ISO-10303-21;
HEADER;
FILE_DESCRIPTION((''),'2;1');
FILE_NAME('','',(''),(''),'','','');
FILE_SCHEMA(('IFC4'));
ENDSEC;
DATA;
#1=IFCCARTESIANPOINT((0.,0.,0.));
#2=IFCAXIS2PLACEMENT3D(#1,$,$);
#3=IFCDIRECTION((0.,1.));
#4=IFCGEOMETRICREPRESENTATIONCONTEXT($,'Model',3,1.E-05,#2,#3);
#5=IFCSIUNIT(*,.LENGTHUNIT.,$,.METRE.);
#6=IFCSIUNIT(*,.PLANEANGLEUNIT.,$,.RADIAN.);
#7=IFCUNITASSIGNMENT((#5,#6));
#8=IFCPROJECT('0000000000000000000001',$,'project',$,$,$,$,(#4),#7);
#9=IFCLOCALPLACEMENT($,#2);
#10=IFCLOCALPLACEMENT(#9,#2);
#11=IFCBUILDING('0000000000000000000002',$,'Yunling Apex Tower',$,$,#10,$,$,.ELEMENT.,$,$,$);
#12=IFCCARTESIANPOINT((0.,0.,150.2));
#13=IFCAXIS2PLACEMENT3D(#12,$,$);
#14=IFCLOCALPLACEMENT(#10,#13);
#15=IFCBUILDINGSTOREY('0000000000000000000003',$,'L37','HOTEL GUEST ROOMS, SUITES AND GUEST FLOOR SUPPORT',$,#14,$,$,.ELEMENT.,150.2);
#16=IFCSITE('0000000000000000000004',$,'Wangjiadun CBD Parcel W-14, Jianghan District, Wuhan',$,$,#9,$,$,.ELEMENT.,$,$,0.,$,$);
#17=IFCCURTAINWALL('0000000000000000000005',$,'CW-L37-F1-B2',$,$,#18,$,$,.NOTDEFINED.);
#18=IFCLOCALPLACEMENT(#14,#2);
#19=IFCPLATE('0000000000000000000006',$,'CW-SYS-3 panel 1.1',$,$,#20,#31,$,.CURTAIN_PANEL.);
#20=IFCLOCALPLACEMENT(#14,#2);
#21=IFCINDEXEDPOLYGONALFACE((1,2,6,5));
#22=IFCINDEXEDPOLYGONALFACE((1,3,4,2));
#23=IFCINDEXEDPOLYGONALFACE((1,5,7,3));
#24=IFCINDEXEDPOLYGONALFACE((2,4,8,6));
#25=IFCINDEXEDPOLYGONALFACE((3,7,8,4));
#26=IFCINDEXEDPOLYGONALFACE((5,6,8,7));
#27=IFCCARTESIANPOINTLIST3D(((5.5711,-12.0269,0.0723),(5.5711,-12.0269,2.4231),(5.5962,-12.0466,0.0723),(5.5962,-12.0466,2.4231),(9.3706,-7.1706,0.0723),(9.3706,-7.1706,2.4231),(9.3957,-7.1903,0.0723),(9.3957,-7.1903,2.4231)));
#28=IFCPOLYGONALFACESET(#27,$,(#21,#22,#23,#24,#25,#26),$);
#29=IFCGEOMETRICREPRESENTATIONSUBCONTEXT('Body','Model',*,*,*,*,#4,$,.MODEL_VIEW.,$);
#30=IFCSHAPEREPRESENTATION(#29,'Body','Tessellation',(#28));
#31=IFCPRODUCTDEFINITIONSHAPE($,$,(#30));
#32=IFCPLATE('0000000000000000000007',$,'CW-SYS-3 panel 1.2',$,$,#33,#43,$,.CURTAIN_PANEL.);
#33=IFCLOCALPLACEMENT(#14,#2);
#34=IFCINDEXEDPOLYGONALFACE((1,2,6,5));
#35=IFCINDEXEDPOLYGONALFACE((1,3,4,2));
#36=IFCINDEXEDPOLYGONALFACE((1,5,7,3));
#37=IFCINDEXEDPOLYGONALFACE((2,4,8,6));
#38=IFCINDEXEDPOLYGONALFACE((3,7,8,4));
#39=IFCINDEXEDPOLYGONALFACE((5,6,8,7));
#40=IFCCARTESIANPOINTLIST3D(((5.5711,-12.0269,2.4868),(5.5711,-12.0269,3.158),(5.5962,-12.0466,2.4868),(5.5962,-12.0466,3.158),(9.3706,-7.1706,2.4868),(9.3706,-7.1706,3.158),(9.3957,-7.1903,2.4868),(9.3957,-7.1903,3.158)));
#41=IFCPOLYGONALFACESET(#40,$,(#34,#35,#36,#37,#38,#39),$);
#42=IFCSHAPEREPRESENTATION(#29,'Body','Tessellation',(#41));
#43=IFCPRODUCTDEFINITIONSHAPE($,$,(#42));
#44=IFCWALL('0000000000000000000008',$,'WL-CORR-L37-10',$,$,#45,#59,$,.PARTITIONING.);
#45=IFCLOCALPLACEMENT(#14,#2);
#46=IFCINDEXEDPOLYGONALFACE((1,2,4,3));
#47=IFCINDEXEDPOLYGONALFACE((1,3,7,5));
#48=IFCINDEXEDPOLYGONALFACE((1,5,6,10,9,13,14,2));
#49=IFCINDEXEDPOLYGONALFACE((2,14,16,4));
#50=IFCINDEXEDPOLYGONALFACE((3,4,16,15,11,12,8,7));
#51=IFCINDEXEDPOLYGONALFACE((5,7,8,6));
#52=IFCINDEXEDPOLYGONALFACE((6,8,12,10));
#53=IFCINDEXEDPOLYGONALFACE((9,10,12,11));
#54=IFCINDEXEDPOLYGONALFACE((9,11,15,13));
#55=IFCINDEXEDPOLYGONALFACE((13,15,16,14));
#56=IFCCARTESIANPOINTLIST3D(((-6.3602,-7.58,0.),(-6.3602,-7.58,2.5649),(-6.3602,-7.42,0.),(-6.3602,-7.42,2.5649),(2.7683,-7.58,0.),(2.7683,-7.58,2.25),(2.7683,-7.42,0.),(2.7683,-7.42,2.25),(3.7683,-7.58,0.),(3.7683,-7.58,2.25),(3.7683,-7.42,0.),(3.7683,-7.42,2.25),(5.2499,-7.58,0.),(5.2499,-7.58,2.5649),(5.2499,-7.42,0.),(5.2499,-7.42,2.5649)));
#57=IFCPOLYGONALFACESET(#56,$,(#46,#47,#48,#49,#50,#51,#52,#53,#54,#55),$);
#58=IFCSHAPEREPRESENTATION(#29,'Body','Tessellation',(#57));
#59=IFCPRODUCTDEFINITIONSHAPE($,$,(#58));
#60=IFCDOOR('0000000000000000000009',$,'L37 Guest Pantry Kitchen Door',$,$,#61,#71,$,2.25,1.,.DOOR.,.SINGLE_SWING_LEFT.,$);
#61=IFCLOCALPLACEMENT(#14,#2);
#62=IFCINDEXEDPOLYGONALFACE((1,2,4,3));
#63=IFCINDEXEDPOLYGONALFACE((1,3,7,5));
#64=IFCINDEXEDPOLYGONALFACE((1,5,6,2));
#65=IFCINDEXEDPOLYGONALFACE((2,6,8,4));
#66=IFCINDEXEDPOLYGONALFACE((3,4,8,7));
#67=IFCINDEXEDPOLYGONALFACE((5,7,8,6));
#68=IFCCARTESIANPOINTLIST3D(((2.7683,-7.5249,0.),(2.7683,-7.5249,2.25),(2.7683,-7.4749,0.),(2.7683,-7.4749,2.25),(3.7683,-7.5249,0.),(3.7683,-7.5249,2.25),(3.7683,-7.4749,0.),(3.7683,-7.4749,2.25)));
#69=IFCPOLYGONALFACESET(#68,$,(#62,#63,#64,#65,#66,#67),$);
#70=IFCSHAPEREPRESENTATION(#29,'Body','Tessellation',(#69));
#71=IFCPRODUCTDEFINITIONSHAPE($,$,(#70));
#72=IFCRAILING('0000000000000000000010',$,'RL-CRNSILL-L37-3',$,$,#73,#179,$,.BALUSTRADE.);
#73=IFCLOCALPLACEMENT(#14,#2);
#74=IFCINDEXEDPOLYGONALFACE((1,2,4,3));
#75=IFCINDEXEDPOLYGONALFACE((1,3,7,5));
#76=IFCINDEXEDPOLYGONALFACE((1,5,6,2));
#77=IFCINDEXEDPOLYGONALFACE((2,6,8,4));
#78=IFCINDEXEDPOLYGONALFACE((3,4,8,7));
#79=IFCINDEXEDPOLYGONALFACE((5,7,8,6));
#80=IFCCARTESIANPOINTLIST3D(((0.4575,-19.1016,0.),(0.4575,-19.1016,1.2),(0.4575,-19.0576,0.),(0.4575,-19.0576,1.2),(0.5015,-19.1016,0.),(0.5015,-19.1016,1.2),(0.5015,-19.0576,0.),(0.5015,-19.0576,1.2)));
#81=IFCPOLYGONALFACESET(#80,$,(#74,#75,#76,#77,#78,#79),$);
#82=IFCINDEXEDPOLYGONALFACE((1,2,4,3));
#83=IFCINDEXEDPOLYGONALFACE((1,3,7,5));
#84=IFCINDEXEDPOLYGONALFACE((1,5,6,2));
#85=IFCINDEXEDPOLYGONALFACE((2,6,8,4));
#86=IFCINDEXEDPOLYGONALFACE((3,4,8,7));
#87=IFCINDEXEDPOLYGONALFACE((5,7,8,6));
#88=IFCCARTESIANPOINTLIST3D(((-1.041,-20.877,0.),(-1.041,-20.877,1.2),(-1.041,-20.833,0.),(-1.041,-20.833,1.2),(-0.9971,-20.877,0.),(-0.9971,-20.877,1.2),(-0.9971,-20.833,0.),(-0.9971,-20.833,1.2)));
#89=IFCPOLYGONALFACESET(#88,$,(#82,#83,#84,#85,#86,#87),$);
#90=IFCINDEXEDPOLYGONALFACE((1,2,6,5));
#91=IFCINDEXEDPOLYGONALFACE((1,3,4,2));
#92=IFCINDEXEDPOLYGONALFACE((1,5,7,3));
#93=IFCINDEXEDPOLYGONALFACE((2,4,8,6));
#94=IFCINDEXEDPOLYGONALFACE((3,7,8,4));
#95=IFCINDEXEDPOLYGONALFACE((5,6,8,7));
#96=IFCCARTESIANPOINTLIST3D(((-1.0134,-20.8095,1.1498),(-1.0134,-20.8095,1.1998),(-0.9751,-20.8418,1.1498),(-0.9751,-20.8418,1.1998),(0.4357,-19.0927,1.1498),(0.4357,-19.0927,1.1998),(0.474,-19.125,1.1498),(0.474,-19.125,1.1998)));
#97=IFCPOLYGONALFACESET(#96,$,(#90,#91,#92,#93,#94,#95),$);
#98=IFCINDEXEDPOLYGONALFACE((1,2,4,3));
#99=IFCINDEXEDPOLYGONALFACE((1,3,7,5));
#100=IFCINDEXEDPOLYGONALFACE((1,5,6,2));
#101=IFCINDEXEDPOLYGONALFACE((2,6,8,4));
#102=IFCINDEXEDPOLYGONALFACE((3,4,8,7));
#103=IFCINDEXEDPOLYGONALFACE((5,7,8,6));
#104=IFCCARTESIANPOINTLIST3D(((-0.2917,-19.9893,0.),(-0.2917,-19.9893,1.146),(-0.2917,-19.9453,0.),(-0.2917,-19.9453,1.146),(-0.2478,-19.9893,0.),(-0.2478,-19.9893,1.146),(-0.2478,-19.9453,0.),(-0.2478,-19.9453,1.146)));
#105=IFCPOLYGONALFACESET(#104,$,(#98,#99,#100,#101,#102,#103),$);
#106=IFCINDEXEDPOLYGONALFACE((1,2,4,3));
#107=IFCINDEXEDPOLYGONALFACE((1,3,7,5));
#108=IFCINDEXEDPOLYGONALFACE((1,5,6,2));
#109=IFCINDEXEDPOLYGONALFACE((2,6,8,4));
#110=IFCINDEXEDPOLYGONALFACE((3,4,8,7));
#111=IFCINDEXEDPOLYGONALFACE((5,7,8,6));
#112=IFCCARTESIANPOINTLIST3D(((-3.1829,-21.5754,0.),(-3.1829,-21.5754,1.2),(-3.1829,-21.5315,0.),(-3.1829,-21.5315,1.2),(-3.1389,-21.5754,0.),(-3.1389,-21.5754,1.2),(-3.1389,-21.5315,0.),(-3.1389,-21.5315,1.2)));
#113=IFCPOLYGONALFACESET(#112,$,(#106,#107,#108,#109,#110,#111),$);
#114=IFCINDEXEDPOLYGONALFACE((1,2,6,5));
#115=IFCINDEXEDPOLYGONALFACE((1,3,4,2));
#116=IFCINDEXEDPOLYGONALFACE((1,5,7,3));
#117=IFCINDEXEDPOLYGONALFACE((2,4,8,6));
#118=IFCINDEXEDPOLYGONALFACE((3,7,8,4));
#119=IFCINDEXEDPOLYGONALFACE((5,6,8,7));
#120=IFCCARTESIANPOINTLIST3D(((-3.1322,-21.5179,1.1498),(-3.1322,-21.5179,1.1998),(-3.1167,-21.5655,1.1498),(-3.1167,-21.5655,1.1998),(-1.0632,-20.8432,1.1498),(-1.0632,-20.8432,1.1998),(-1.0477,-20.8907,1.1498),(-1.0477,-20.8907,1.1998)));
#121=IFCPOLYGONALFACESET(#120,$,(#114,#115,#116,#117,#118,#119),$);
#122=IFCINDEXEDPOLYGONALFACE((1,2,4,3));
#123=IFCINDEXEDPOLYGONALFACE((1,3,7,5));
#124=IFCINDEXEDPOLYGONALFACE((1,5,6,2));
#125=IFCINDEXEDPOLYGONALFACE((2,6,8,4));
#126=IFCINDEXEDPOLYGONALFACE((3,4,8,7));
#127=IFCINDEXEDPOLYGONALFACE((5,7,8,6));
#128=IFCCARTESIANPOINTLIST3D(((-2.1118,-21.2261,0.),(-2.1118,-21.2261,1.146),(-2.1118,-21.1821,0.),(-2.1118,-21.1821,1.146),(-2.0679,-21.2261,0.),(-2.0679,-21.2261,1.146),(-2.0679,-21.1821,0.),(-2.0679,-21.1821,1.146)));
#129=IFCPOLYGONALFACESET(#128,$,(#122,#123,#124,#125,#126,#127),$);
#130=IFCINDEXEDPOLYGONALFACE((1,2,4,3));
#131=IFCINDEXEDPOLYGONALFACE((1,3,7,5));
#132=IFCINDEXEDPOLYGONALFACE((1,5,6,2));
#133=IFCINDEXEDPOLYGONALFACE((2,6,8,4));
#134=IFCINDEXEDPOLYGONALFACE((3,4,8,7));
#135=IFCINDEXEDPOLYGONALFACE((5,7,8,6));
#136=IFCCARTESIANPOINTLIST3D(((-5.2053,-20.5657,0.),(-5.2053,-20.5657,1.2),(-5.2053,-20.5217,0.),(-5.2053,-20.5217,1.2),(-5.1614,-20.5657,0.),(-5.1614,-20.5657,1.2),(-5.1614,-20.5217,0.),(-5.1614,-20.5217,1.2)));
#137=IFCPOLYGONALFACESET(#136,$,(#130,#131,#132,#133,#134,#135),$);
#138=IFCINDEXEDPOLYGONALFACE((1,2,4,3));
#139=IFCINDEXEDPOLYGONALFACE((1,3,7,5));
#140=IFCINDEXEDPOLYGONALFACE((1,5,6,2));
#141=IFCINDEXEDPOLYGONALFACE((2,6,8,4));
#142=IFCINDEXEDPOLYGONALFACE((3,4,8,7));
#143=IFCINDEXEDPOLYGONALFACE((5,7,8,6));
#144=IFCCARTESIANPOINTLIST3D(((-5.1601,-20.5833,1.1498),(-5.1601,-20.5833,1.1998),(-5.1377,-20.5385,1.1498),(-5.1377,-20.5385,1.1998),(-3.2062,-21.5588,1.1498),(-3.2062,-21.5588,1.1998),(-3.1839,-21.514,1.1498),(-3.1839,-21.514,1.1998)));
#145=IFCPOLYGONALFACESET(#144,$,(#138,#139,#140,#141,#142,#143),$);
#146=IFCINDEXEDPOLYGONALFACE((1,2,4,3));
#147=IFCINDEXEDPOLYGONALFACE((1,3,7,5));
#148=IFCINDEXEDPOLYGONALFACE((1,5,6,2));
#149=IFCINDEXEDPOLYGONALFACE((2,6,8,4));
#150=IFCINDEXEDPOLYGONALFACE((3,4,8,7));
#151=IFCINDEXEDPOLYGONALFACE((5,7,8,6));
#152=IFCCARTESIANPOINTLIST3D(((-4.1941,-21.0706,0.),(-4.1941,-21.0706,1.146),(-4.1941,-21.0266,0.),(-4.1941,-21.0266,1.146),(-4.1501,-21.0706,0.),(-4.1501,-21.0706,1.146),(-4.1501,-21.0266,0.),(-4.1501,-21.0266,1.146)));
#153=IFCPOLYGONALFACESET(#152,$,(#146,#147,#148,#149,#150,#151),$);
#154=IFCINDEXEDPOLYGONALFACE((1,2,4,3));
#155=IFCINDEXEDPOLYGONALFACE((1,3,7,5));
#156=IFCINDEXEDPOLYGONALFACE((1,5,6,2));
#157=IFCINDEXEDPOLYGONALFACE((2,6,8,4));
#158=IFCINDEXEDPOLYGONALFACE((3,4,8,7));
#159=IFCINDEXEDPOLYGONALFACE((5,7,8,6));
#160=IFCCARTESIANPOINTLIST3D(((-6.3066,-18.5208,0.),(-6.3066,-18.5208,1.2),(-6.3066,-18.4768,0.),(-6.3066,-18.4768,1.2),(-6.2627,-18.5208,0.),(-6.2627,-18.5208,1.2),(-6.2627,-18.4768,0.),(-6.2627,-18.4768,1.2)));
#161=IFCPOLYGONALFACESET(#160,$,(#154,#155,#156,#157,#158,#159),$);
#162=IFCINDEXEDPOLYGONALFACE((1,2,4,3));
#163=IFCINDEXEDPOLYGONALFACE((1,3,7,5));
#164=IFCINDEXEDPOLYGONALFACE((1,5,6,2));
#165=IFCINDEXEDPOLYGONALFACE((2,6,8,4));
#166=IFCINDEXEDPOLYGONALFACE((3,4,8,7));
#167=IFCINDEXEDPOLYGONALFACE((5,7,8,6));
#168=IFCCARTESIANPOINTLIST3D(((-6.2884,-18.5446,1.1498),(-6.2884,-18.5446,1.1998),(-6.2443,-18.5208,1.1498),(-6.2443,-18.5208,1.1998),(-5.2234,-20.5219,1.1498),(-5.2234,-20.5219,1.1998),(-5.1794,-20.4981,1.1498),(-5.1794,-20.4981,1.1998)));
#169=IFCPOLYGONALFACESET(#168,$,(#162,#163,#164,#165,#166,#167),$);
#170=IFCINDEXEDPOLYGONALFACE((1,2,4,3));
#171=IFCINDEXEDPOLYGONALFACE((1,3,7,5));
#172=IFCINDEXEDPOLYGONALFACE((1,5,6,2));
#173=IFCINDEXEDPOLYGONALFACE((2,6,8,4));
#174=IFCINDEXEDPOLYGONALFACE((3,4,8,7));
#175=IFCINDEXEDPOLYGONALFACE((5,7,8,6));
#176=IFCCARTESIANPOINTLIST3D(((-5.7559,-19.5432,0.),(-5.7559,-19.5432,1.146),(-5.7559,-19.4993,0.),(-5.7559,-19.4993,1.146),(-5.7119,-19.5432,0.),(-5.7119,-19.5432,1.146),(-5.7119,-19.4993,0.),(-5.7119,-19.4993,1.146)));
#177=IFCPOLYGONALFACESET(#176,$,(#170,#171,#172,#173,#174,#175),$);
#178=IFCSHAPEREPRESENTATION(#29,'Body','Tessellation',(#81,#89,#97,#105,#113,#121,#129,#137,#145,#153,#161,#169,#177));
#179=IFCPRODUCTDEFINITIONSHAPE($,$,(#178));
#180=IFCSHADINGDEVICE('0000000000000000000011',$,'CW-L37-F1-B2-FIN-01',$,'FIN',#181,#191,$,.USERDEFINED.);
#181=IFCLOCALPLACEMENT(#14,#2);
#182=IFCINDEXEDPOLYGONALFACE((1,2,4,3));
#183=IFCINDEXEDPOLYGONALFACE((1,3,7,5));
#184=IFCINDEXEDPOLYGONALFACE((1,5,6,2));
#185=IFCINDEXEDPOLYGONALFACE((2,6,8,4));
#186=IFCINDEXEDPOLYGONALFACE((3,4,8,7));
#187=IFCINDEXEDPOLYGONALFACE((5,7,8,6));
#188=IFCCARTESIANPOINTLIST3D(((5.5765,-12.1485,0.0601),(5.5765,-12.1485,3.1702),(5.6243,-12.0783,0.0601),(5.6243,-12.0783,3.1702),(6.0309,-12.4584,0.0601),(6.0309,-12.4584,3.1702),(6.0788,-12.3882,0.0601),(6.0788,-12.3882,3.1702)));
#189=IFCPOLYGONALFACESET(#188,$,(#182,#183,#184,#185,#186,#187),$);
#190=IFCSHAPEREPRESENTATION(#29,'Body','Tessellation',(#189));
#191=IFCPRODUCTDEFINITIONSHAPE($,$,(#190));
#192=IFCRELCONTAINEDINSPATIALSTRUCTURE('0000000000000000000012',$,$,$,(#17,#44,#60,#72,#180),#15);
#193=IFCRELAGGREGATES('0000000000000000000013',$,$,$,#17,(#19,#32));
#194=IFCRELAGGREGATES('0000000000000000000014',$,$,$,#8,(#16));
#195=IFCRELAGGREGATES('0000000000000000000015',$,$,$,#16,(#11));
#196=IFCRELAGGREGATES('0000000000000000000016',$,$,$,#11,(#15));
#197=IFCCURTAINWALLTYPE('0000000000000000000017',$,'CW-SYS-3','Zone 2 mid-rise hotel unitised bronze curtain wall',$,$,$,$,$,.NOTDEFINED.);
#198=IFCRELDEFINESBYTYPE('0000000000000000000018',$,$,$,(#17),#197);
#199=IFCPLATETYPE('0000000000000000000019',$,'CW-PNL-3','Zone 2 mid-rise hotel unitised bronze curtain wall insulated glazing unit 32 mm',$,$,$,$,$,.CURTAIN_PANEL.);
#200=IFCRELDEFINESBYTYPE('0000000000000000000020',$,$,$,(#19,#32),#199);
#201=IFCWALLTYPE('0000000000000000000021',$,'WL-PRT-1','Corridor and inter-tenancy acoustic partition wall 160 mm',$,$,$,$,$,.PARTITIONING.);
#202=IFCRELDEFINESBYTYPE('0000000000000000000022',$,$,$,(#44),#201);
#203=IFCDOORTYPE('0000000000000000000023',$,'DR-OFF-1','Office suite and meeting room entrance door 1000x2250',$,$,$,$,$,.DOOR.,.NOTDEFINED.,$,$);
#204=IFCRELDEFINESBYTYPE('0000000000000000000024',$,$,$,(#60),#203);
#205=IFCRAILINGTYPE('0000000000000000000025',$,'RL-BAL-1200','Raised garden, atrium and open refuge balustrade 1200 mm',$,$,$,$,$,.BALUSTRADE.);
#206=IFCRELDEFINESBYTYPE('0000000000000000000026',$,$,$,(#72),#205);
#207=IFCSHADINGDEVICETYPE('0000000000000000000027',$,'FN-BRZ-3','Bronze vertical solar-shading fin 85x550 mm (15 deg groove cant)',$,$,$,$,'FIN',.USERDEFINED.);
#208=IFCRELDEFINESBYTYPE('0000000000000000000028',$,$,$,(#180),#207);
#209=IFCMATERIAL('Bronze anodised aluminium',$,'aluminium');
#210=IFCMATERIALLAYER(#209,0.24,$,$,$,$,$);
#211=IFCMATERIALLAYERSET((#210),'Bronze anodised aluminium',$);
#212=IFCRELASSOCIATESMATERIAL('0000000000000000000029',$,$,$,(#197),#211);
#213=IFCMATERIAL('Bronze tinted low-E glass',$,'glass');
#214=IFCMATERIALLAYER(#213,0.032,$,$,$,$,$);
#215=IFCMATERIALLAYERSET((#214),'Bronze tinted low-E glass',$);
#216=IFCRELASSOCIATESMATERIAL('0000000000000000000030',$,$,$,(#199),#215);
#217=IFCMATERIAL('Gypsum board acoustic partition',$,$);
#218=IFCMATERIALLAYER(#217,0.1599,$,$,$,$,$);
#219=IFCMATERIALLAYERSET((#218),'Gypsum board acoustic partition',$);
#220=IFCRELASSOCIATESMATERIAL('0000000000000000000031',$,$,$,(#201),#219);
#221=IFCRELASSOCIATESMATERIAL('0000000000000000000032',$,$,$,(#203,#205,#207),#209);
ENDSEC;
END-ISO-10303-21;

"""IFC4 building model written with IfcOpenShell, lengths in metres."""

from ifc_helpers import new_model, si_unit, direction, frame, frame_2d, origin, origin_2d, place, context, subcontext, project, spatial, rectangle, extrude, source, transform, mapped, material, layer, layer_set, material_profile, profile_set, type_object, element, fill, aggregate, save


model = new_model("IFC4")

# Units and contexts
model_context = context("Model", 3, precision=1e-05, world=origin(), true_north=direction((0.0, 1.0)))
body_context = subcontext(model_context, "Body", "Model", "MODEL_VIEW")
ifc_project = project(units=[si_unit("LENGTHUNIT", "METRE"), si_unit("PLANEANGLEUNIT", "RADIAN")], contexts=[model_context])

# Site, building, storey
site_placement = place(None, origin())
site = spatial("IfcSite", under=ifc_project, at=site_placement, Name="Wangjiadun CBD Parcel W-14, Jianghan District, Wuhan", CompositionType="ELEMENT", RefElevation=0.0)
building_placement = place(site_placement, origin())
building = spatial("IfcBuilding", under=site, at=building_placement, Name="Yunling Apex Tower", CompositionType="ELEMENT")
storey_placement = place(building_placement, frame((0.0, 0.0, 150.2)))
storey = spatial("IfcBuildingStorey", under=building, at=storey_placement, Name="L37", Description="HOTEL GUEST ROOMS, SUITES AND GUEST FLOOR SUPPORT", CompositionType="ELEMENT", Elevation=150.2)

# Curtain wall
ifc_material_1 = material(Name="Bronze anodised aluminium", Category="aluminium")
ifc_layer_1 = layer(ifc_material_1, 0.24)
ifc_layer_set_1 = layer_set([ifc_layer_1], Name="Bronze anodised aluminium")
curtain_wall_type = type_object("IfcCurtainWallType", Name="CW-SYS-3", Description="Zone 2 mid-rise hotel unitised bronze curtain wall", PredefinedType="NOTDEFINED", material=ifc_layer_set_1)
curtain_wall_1_placement = place(storey_placement, origin())
curtain_wall_1 = element("IfcCurtainWall", 1, at=curtain_wall_1_placement, inside=storey, type_object=curtain_wall_type, Name="CW-L37-F1-B2", PredefinedType="NOTDEFINED")

# Plates
ifc_material_2 = material(Name="Bronze tinted low-E glass", Category="glass")
ifc_layer_2 = layer(ifc_material_2, 0.032)
ifc_layer_set_2 = layer_set([ifc_layer_2], Name="Bronze tinted low-E glass")
plate_type = type_object("IfcPlateType", Name="CW-PNL-3", Description="Zone 2 mid-rise hotel unitised bronze curtain wall insulated glazing unit 32 mm", PredefinedType="CURTAIN_PANEL", material=ifc_layer_set_2)
shared_shape_1 = source(origin(), body_context, "Body", "SweptSolid", [
    extrude(rectangle(XDim=6.166, YDim=0.032, at=origin_2d()), origin(), (0.0, 0.0, 1.0), 2.3508),
])
plate_1_placement = place(storey_placement, frame((7.4834, -9.6086, 0.0723), z_axis=(0.0, 0.0, 1.0), x_axis=(0.616199, 0.78759, 0.0)))
plate_1 = element("IfcPlate", 2, at=plate_1_placement, type_object=plate_type, Name="CW-SYS-3 panel 1.1", PredefinedType="CURTAIN_PANEL", context=body_context, shape_type="MappedRepresentation", body=[
    mapped(shared_shape_1, transform((0.0, 0.0, 0.0), scale=1.0)),
])
shared_shape_2 = source(origin(), body_context, "Body", "SweptSolid", [
    extrude(rectangle(XDim=6.166, YDim=0.032, at=origin_2d()), origin(), (0.0, 0.0, 1.0), 0.6711),
])
plate_2_placement = place(storey_placement, frame((7.4834, -9.6086, 2.4868), z_axis=(0.0, 0.0, 1.0), x_axis=(0.616199, 0.78759, 0.0)))
plate_2 = element("IfcPlate", 3, at=plate_2_placement, type_object=plate_type, Name="CW-SYS-3 panel 1.2", PredefinedType="CURTAIN_PANEL", context=body_context, shape_type="MappedRepresentation", body=[
    mapped(shared_shape_2, transform((0.0, 0.0, 0.0), scale=1.0)),
])
aggregate(curtain_wall_1, [plate_1, plate_2])

# Wall, opening, door
ifc_material_3 = material(Name="Gypsum board acoustic partition")
ifc_layer_3 = layer(ifc_material_3, 0.1599)
ifc_layer_set_3 = layer_set([ifc_layer_3], Name="Gypsum board acoustic partition")
wall_type = type_object("IfcWallType", Name="WL-PRT-1", Description="Corridor and inter-tenancy acoustic partition wall 160 mm", PredefinedType="PARTITIONING", material=ifc_layer_set_3)
wall_placement = place(storey_placement, frame((5.25, -7.5, 0.0), z_axis=(0.0, 0.0, 1.0), x_axis=(-1.0, 0.0, 0.0)))
wall = element("IfcWall", 4, at=wall_placement, inside=storey, type_object=wall_type, Name="WL-CORR-L37-10", PredefinedType="PARTITIONING", context=body_context, shape_type="SweptSolid", body=[
    extrude(rectangle(XDim=11.6101, YDim=0.1599, at=frame_2d((5.8052, 0.0))), origin(), (0.0, 0.0, 1.0), 2.5649),
])
opening_placement = place(wall_placement, frame((1.4817, 0.0, 0.0)))
opening = element("IfcOpeningElement", 5, at=opening_placement, cuts=wall, PredefinedType="OPENING", context=body_context, shape_type="SweptSolid", body=[
    extrude(rectangle(XDim=1.0, YDim=2.25, at=frame_2d((0.5, 1.125))), frame((0.0, 0.0898, 0.0), z_axis=(0.0, -1.0, 0.0), x_axis=(1.0, 0.0, 0.0)), (0.0, 0.0, 1.0), 0.1799),
])
door_type = type_object("IfcDoorType", Name="DR-OFF-1", Description="Office suite and meeting room entrance door 1000x2250", OperationType="NOTDEFINED", PredefinedType="DOOR", material=ifc_material_1)
door_placement = place(opening_placement, origin())
door = element("IfcDoor", 6, at=door_placement, inside=storey, type_object=door_type, Name="L37 Guest Pantry Kitchen Door", OperationType="SINGLE_SWING_LEFT", OverallHeight=2.25, OverallWidth=1.0, PredefinedType="DOOR", context=body_context, shape_type="SweptSolid", body=[
    extrude(rectangle(XDim=1.0, YDim=2.25, at=frame_2d((0.5, 1.125))), frame((0.0, 0.0249, 0.0), z_axis=(0.0, -1.0, 0.0), x_axis=(1.0, 0.0, 0.0)), (0.0, 0.0, 1.0), 0.05),
])
fill(opening, door)

# Railing
railing_type = type_object("IfcRailingType", Name="RL-BAL-1200", Description="Raised garden, atrium and open refuge balustrade 1200 mm", PredefinedType="BALUSTRADE", material=ifc_material_1)
railing_placement = place(storey_placement, frame((0.4795, -19.0796, 0.0)))
element("IfcRailing", 7, at=railing_placement, inside=storey, type_object=railing_type, Name="RL-CRNSILL-L37-3", PredefinedType="BALUSTRADE", context=body_context, shape_type="SweptSolid", body=[
    extrude(rectangle(XDim=0.0439, YDim=0.0439, at=origin_2d()), origin(), (0.0, 0.0, 1.0), 1.2),
    extrude(rectangle(XDim=0.0439, YDim=0.0439, at=origin_2d()), frame((-1.4985, -1.7754, 0.0)), (0.0, 0.0, 1.0), 1.2),
    extrude(rectangle(XDim=0.05, YDim=0.05, at=origin_2d()), frame((-0.0247, -0.0293, 1.1748), z_axis=(-0.645009, -0.764175, 0.0), x_axis=(0.764175, -0.645009, 0.0)), (0.0, 0.0, 1.0), 2.2466),
    extrude(rectangle(XDim=0.0439, YDim=0.0439, at=origin_2d()), frame((-0.7493, -0.8877, 0.0)), (0.0, 0.0, 1.0), 1.146),
    extrude(rectangle(XDim=0.0439, YDim=0.0439, at=origin_2d()), frame((-3.6404, -2.4739, 0.0)), (0.0, 0.0, 1.0), 1.2),
    extrude(rectangle(XDim=0.05, YDim=0.05, at=origin_2d()), frame((-1.5349, -1.7874, 1.1748), z_axis=(-0.950722, -0.310044, 0.0), x_axis=(0.310044, -0.950722, 0.0)), (0.0, 0.0, 1.0), 2.1763),
    extrude(rectangle(XDim=0.0439, YDim=0.0439, at=origin_2d()), frame((-2.5693, -2.1245, 0.0)), (0.0, 0.0, 1.0), 1.146),
    extrude(rectangle(XDim=0.0439, YDim=0.0439, at=origin_2d()), frame((-5.6628, -1.4641, 0.0)), (0.0, 0.0, 1.0), 1.2),
    extrude(rectangle(XDim=0.05, YDim=0.05, at=origin_2d()), frame((-3.6746, -2.4568, 1.1748), z_axis=(-0.894686, 0.446695, 0.0), x_axis=(-0.446695, -0.894686, 0.0)), (0.0, 0.0, 1.0), 2.1838),
    extrude(rectangle(XDim=0.0439, YDim=0.0439, at=origin_2d()), frame((-4.6516, -1.969, 0.0)), (0.0, 0.0, 1.0), 1.146),
    extrude(rectangle(XDim=0.0439, YDim=0.0439, at=origin_2d()), frame((-6.7642, 0.5808, 0.0)), (0.0, 0.0, 1.0), 1.2),
    extrude(rectangle(XDim=0.05, YDim=0.05, at=origin_2d()), frame((-5.6809, -1.4304, 1.1748), z_axis=(-0.474169, 0.880434, 0.0), x_axis=(-0.880434, -0.474169, 0.0)), (0.0, 0.0, 1.0), 2.2458),
    extrude(rectangle(XDim=0.0439, YDim=0.0439, at=origin_2d()), frame((-6.2134, -0.4417, 0.0)), (0.0, 0.0, 1.0), 1.146),
])

# Shading device
ifc_material_profile_1 = material_profile(ifc_material_1, rectangle(XDim=0.085, YDim=0.55, at=origin_2d()))
ifc_profile_set_1 = profile_set([ifc_material_profile_1], Name="Bronze anodised aluminium")
shading_device_type = type_object("IfcShadingDeviceType", Name="FN-BRZ-3", Description="Bronze vertical solar-shading fin 85x550 mm (15 deg groove cant)", ElementType="FIN", PredefinedType="USERDEFINED", material=ifc_profile_set_1)
shared_shape_3 = source(origin(), body_context, "Body", "SweptSolid", [
    extrude(rectangle(XDim=0.085, YDim=0.55, at=origin_2d()), origin(), (0.0, 0.0, 1.0), 3.1101),
])
shading_device_placement = place(storey_placement, frame((5.8276, -12.2683, 0.0601), z_axis=(0.0, 0.0, 1.0), x_axis=(0.563382, 0.826197, 0.0)))
element("IfcShadingDevice", 8, at=shading_device_placement, inside=storey, type_object=shading_device_type, Name="CW-L37-F1-B2-FIN-01", ObjectType="FIN", PredefinedType="USERDEFINED", context=body_context, shape_type="MappedRepresentation", body=[
    mapped(shared_shape_3, transform((0.0, 0.0, 0.0), scale=1.0)),
])

save(model, "model.ifc")
